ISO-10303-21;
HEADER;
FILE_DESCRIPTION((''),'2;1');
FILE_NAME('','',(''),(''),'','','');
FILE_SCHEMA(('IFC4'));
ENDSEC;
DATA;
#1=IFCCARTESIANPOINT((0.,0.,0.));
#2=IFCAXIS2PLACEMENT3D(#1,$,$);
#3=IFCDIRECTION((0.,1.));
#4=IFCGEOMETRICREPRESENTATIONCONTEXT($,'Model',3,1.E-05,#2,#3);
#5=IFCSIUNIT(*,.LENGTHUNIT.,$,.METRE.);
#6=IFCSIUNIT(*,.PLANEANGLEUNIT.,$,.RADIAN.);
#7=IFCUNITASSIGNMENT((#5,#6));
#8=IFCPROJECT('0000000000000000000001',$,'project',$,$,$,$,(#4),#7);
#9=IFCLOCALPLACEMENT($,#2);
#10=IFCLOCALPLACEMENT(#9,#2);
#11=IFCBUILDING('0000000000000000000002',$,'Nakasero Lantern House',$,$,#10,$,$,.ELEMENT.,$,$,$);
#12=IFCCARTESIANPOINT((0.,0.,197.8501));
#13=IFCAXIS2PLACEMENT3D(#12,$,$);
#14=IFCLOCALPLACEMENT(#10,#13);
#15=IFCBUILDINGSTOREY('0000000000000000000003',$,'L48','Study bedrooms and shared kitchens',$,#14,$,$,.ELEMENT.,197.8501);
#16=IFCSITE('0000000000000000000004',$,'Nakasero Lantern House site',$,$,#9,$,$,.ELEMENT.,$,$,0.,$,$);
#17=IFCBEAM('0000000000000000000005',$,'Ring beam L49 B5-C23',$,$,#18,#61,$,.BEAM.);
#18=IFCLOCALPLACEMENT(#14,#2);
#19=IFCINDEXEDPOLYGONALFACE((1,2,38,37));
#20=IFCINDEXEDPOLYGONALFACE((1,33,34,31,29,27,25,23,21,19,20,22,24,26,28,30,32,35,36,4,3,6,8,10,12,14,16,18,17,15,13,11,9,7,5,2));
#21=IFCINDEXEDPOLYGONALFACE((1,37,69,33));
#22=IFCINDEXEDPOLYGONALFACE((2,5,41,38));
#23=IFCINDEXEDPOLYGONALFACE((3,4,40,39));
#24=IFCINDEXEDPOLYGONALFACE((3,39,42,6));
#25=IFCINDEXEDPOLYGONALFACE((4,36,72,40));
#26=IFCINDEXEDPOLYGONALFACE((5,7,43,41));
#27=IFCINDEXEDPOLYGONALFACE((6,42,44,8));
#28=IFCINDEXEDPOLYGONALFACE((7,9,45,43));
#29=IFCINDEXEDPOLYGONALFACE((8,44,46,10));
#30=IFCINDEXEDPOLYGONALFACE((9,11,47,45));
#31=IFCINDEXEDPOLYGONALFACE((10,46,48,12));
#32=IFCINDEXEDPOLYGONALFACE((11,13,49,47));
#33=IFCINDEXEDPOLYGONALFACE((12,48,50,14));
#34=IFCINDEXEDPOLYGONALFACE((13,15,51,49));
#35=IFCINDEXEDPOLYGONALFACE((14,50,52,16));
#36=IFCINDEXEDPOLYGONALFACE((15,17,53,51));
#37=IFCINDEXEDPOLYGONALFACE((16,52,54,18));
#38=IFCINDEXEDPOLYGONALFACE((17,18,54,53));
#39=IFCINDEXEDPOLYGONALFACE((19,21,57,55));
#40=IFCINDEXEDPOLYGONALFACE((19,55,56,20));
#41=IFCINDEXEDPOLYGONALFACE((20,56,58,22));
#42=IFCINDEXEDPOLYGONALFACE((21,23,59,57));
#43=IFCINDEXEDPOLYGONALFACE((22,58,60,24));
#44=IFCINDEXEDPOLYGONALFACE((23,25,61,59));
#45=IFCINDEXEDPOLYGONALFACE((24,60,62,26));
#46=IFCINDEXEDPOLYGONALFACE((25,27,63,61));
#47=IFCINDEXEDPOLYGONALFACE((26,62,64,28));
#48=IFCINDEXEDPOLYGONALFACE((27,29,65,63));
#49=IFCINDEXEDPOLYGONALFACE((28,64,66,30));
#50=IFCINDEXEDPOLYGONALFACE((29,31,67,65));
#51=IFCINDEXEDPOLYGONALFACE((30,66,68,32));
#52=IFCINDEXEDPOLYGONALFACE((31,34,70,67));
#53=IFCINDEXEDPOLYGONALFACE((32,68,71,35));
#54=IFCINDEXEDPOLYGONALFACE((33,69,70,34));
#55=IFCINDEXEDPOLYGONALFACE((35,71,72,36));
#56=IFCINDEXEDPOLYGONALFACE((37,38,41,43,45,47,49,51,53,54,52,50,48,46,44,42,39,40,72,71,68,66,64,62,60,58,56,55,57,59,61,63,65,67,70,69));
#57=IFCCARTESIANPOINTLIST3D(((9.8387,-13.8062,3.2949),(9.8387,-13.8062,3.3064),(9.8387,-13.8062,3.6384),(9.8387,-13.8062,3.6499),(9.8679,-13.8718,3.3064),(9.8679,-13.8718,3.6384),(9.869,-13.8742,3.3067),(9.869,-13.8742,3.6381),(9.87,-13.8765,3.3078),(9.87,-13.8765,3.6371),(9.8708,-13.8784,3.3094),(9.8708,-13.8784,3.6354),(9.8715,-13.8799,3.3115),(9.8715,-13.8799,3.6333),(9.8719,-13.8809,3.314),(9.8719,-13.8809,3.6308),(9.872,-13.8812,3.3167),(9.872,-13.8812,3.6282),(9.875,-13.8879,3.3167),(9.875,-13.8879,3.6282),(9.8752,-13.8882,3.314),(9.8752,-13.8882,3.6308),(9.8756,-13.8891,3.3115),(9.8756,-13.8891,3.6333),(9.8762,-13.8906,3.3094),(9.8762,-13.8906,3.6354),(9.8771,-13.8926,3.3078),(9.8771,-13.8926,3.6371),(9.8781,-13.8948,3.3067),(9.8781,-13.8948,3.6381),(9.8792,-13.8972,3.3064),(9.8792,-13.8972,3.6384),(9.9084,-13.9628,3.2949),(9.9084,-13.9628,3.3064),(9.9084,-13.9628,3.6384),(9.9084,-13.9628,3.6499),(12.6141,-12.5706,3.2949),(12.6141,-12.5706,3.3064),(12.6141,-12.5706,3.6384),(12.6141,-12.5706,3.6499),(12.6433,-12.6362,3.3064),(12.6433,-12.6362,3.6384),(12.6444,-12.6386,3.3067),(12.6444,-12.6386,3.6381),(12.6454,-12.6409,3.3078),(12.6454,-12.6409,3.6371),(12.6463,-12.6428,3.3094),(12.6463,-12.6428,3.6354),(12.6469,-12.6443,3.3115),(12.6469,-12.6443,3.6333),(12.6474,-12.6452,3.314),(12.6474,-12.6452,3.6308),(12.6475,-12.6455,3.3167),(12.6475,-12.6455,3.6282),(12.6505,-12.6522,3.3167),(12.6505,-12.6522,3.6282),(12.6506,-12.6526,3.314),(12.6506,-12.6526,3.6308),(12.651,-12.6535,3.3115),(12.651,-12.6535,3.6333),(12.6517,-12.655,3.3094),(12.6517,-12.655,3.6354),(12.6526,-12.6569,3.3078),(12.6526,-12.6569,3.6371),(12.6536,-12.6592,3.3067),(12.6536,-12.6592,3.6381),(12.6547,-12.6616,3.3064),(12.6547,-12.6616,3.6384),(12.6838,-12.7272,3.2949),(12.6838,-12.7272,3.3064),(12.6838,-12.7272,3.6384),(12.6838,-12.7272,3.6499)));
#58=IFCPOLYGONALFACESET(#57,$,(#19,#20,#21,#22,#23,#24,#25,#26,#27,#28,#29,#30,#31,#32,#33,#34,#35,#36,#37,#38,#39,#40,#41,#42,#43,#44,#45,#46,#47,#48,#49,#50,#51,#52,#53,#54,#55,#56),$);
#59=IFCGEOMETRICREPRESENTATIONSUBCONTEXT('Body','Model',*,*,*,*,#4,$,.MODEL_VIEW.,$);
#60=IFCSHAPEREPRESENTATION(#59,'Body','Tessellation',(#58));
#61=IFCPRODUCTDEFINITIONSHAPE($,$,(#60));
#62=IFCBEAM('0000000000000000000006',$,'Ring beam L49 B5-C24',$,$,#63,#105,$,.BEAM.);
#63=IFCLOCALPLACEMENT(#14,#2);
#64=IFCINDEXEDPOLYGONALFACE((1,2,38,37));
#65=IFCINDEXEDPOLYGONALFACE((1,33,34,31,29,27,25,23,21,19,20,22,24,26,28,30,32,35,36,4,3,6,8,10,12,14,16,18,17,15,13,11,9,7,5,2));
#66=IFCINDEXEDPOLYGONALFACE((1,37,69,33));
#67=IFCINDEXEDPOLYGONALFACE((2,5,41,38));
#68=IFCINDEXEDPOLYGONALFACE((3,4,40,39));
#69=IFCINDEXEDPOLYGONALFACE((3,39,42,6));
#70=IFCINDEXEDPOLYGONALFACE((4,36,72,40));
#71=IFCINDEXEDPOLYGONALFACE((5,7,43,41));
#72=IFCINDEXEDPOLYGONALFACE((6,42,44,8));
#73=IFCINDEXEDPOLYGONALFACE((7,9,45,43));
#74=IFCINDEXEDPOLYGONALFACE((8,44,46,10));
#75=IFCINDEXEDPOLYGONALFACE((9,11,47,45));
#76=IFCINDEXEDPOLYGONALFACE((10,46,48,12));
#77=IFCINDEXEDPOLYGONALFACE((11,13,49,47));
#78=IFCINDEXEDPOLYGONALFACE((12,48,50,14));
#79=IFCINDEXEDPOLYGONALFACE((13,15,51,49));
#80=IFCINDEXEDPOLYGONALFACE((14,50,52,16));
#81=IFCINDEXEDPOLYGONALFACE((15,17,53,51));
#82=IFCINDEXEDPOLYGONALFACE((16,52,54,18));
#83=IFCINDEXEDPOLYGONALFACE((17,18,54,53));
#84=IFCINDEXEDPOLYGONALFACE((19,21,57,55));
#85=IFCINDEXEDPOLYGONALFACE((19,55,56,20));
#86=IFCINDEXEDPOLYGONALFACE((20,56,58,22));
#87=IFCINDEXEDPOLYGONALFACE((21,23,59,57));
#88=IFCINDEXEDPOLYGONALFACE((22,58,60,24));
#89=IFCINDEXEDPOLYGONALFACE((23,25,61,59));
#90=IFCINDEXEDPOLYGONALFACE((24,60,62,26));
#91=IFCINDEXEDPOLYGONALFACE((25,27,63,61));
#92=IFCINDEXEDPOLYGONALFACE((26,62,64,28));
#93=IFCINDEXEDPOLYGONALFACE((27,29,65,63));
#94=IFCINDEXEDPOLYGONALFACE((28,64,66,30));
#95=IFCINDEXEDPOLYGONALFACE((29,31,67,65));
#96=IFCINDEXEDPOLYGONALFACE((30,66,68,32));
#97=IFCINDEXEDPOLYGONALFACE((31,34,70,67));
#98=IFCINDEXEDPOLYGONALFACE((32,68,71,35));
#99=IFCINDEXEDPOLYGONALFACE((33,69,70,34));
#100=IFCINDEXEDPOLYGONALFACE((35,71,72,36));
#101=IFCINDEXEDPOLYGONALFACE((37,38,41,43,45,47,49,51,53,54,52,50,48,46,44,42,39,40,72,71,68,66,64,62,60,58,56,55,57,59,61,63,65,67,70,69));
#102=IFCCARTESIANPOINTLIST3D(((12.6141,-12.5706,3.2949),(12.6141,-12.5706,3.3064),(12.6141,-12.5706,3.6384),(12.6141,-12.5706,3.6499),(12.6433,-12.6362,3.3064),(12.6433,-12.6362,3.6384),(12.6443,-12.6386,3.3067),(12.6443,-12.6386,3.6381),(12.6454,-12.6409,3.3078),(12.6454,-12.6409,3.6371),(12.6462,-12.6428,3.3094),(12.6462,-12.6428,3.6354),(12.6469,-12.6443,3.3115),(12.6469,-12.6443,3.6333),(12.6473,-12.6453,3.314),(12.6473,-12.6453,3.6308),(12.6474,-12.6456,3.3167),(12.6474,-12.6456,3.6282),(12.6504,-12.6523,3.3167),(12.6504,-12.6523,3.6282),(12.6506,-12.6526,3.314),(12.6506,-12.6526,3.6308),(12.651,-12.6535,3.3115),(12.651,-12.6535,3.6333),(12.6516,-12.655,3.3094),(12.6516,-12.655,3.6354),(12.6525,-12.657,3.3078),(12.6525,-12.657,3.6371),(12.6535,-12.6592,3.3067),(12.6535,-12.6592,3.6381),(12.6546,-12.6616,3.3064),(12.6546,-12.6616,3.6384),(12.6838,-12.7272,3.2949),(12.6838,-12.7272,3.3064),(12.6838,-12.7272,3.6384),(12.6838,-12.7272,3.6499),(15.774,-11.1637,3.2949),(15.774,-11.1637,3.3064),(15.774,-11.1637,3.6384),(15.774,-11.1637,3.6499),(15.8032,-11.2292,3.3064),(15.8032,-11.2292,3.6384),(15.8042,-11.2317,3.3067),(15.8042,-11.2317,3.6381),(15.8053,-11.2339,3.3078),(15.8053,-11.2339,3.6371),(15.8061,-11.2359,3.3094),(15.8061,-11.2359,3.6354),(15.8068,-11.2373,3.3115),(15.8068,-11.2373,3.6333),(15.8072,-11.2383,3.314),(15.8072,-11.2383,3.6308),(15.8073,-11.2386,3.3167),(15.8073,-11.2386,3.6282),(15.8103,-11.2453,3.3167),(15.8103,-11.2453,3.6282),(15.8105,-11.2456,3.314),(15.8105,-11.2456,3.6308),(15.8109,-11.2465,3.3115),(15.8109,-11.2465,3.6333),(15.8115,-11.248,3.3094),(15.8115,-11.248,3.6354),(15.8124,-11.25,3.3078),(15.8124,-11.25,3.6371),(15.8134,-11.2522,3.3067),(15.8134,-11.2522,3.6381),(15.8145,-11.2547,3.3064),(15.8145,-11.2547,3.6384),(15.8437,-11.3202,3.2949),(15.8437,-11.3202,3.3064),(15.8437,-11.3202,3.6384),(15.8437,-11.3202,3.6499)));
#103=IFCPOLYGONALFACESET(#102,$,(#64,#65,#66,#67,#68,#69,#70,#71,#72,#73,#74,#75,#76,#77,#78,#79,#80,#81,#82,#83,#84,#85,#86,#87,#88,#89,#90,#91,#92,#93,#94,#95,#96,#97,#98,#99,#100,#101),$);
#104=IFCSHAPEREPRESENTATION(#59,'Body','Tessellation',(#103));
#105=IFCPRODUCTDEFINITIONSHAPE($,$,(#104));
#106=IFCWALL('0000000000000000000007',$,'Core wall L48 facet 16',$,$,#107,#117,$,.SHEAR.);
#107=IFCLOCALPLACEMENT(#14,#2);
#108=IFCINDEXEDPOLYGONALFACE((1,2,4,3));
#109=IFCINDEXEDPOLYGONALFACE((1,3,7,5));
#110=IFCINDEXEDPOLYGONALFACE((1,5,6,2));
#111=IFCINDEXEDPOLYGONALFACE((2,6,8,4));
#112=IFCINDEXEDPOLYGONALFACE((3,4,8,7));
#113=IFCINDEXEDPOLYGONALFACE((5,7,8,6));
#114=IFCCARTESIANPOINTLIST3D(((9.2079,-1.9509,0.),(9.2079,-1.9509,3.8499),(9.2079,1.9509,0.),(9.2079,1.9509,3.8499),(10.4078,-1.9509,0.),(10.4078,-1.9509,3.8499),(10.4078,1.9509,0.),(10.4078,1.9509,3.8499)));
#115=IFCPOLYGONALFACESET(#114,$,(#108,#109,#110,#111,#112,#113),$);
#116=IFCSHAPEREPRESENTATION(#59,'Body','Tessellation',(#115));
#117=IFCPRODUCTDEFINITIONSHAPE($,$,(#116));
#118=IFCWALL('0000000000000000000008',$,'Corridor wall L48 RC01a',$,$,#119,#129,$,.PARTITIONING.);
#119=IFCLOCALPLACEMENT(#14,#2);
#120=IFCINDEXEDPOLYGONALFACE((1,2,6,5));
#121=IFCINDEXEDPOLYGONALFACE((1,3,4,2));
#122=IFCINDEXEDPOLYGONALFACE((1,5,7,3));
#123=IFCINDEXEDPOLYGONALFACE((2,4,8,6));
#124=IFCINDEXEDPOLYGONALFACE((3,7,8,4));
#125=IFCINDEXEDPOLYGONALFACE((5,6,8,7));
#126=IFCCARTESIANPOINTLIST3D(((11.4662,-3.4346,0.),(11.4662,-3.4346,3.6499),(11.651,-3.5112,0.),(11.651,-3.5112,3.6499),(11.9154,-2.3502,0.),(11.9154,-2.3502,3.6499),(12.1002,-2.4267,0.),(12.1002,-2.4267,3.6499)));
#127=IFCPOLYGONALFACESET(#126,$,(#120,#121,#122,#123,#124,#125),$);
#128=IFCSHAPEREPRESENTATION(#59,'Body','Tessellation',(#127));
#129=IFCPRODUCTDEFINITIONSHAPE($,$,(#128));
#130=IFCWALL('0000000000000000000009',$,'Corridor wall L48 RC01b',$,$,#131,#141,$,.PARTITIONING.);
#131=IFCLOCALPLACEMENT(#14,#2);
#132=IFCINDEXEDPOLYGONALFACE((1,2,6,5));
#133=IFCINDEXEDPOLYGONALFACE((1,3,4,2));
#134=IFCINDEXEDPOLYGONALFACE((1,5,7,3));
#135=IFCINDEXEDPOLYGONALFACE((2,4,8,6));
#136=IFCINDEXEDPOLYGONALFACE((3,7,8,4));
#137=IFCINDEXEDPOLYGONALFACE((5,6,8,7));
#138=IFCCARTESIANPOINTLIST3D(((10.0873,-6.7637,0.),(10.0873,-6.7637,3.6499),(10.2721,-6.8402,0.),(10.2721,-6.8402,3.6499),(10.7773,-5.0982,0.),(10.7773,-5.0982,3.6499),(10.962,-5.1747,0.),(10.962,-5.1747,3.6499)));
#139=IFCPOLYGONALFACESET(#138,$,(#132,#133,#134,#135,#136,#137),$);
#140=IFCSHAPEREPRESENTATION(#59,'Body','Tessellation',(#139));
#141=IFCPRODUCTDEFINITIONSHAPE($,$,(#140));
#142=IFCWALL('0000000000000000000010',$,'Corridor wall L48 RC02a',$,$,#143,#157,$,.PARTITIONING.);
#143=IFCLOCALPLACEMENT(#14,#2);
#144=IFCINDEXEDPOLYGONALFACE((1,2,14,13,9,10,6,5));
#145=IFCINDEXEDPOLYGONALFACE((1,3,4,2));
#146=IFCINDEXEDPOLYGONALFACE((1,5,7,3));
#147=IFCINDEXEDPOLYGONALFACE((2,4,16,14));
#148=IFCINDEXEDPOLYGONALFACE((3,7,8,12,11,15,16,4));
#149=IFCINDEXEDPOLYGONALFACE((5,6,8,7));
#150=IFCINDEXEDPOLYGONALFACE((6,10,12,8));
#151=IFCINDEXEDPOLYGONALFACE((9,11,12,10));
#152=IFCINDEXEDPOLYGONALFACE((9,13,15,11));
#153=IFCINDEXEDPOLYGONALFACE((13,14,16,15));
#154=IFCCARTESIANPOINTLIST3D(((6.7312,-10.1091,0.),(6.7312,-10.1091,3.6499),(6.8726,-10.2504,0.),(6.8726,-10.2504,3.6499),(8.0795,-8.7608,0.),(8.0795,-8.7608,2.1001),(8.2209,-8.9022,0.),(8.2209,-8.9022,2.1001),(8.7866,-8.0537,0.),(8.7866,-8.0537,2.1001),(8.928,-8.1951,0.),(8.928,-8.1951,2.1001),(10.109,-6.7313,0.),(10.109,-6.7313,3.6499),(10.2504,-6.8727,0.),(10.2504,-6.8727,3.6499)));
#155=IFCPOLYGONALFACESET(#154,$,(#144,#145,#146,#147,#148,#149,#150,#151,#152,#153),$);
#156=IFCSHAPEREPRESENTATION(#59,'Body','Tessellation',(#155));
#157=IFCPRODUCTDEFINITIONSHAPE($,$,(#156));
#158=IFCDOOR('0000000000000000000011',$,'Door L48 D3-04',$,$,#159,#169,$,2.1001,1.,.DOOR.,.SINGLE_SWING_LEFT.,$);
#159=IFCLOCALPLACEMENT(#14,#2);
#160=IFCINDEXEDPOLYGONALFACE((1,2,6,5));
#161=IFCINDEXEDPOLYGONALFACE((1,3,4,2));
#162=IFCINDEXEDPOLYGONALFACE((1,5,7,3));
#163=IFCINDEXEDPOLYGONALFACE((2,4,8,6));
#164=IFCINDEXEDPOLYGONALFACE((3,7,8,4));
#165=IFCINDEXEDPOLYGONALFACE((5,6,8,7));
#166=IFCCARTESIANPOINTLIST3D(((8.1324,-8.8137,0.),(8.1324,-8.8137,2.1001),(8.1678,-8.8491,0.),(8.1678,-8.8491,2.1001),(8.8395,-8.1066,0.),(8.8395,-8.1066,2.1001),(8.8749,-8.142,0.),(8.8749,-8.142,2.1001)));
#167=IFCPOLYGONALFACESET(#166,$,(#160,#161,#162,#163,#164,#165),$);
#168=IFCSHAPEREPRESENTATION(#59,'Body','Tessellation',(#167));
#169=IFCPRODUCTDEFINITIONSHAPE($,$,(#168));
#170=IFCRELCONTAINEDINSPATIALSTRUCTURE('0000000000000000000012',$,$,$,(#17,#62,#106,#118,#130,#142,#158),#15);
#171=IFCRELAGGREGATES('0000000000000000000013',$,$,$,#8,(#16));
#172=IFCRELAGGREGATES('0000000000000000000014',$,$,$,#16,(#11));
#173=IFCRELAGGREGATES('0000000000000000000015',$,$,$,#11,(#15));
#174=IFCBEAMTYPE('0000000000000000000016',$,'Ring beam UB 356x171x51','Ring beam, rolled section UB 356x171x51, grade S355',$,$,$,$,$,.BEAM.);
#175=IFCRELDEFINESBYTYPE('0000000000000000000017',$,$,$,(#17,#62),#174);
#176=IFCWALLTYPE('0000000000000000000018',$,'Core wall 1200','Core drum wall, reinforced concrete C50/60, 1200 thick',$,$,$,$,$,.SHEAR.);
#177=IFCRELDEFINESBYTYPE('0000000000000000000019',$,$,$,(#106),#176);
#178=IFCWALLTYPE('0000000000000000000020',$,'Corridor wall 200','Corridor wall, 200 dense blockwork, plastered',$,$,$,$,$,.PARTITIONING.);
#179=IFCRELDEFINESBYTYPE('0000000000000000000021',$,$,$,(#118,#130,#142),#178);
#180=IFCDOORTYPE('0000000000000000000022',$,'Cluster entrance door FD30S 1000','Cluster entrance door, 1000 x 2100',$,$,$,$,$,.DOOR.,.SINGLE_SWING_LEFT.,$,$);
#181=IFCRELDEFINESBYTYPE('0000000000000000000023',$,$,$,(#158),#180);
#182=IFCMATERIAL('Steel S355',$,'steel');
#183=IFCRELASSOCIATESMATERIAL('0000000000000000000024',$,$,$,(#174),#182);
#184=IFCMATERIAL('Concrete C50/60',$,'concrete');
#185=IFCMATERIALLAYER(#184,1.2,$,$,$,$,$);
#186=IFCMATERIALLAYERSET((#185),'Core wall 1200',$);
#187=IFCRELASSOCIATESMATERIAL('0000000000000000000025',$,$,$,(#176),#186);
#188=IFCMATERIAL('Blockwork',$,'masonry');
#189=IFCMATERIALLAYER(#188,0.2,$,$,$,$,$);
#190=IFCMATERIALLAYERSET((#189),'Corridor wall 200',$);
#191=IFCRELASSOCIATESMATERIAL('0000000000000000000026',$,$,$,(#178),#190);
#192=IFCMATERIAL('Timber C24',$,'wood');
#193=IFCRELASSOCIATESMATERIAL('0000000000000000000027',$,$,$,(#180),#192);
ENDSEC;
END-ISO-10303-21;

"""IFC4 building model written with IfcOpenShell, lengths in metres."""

from ifc_helpers import new_model, si_unit, direction, frame, frame_2d, origin, origin_2d, place, context, subcontext, project, spatial, rectangle, i_section, extrude, material, layer, layer_set, material_profile, profile_set, type_object, element, fill, save


model = new_model("IFC4")

# Units and contexts
model_context = context("Model", 3, precision=1e-05, world=origin(), true_north=direction((0.0, 1.0)))
body_context = subcontext(model_context, "Body", "Model", "MODEL_VIEW")
ifc_project = project(units=[si_unit("LENGTHUNIT", "METRE"), si_unit("PLANEANGLEUNIT", "RADIAN")], contexts=[model_context])

# Site, building, storey
site_placement = place(None, origin())
site = spatial("IfcSite", under=ifc_project, at=site_placement, Name="Nakasero Lantern House site", CompositionType="ELEMENT", RefElevation=0.0)
building_placement = place(site_placement, origin())
building = spatial("IfcBuilding", under=site, at=building_placement, Name="Nakasero Lantern House", CompositionType="ELEMENT")
storey_placement = place(building_placement, frame((0.0, 0.0, 197.8501)))
storey = spatial("IfcBuildingStorey", under=building, at=storey_placement, Name="L48", Description="Study bedrooms and shared kitchens", CompositionType="ELEMENT", Elevation=197.8501)

# Beams
ifc_material_1 = material(Name="Steel S355", Category="steel")
ifc_material_profile_1 = material_profile(ifc_material_1, i_section(OverallWidth=0.1714, OverallDepth=0.355, WebThickness=0.0073, FlangeThickness=0.0115, FilletRadius=0.0103, at=origin_2d()), Name="UB 356x171x51")
ifc_profile_set_1 = profile_set([ifc_material_profile_1], Name="Steel S355")
beam_type_1 = type_object("IfcBeamType", Name="Ring beam UB 356x171x51", Description="Ring beam, rolled section UB 356x171x51, grade S355", PredefinedType="BEAM", material=ifc_profile_set_1)
beam_1_placement = place(storey_placement, frame((9.8735, -13.8845, 3.4724), z_axis=(0.913556, 0.406713, 0.0), x_axis=(-0.406713, 0.913556, 0.0)))
element("IfcBeam", 1, at=beam_1_placement, inside=storey, type_object=beam_type_1, Name="Ring beam L49 B5-C23", PredefinedType="BEAM", context=body_context, shape_type="SweptSolid", body=[
    extrude(i_section(OverallWidth=0.1714, OverallDepth=0.355, WebThickness=0.0073, FlangeThickness=0.0115, FilletRadius=0.0103, at=origin_2d()), origin(), (0.0, 0.0, 1.0), 3.0381),
])
beam_2_placement = place(storey_placement, frame((12.6489, -12.6489, 3.4724), z_axis=(0.913535, 0.406761, 0.0), x_axis=(-0.406761, 0.913535, 0.0)))
element("IfcBeam", 2, at=beam_2_placement, inside=storey, type_object=beam_type_1, Name="Ring beam L49 B5-C24", PredefinedType="BEAM", context=body_context, shape_type="SweptSolid", body=[
    extrude(i_section(OverallWidth=0.1714, OverallDepth=0.355, WebThickness=0.0073, FlangeThickness=0.0115, FilletRadius=0.0103, at=origin_2d()), origin(), (0.0, 0.0, 1.0), 3.459),
])

# Walls
ifc_material_2 = material(Name="Concrete C50/60", Category="concrete")
ifc_layer_1 = layer(ifc_material_2, 1.2)
ifc_layer_set_1 = layer_set([ifc_layer_1], Name="Core wall 1200")
wall_type_1 = type_object("IfcWallType", Name="Core wall 1200", Description="Core drum wall, reinforced concrete C50/60, 1200 thick", PredefinedType="SHEAR", material=ifc_layer_set_1)
wall_1_placement = place(storey_placement, frame((9.8079, -1.9509, 0.0), z_axis=(0.0, 0.0, 1.0), x_axis=(0.0, 1.0, 0.0)))
element("IfcWall", 3, at=wall_1_placement, inside=storey, type_object=wall_type_1, Name="Core wall L48 facet 16", PredefinedType="SHEAR", context=body_context, shape_type="SweptSolid", body=[
    extrude(rectangle(XDim=3.9019, YDim=1.2, at=frame_2d((1.9509, 0.0))), origin(), (0.0, 0.0, 1.0), 3.8499),
])
ifc_material_3 = material(Name="Blockwork", Category="masonry")
ifc_layer_2 = layer(ifc_material_3, 0.2)
ifc_layer_set_2 = layer_set([ifc_layer_2], Name="Corridor wall 200")
wall_type_2 = type_object("IfcWallType", Name="Corridor wall 200", Description="Corridor wall, 200 dense blockwork, plastered", PredefinedType="PARTITIONING", material=ifc_layer_set_2)
wall_2_placement = place(storey_placement, frame((12.0078, -2.3884, 0.0), z_axis=(0.0, 0.0, 1.0), x_axis=(-0.382695, -0.923875, 0.0)))
element("IfcWall", 4, at=wall_2_placement, inside=storey, type_object=wall_type_2, Name="Corridor wall L48 RC01a", PredefinedType="PARTITIONING", context=body_context, shape_type="SweptSolid", body=[
    extrude(rectangle(XDim=1.1738, YDim=0.2, at=frame_2d((0.5869, 0.0))), origin(), (0.0, 0.0, 1.0), 3.6499),
])
wall_3_placement = place(storey_placement, frame((10.8696, -5.1365, 0.0), z_axis=(0.0, 0.0, 1.0), x_axis=(-0.382711, -0.923868, 0.0)))
element("IfcWall", 5, at=wall_3_placement, inside=storey, type_object=wall_type_2, Name="Corridor wall L48 RC01b", PredefinedType="PARTITIONING", context=body_context, shape_type="SweptSolid", body=[
    extrude(rectangle(XDim=1.8027, YDim=0.2, at=frame_2d((0.9014, 0.0))), origin(), (0.0, 0.0, 1.0), 3.6499),
])

# Wall, opening, door
wall_4_placement = place(storey_placement, frame((10.1797, -6.802, 0.0), z_axis=(0.0, 0.0, 1.0), x_axis=(-0.707107, -0.707107, 0.0)))
wall_4 = element("IfcWall", 6, at=wall_4_placement, inside=storey, type_object=wall_type_2, Name="Corridor wall L48 RC02a", PredefinedType="PARTITIONING", context=body_context, shape_type="SweptSolid", body=[
    extrude(rectangle(XDim=4.7769, YDim=0.2, at=frame_2d((2.3884, 0.0))), origin(), (0.0, 0.0, 1.0), 3.6499),
])
opening_1_placement = place(wall_4_placement, frame((1.8701, 0.0, 0.0)))
opening_1 = element("IfcOpeningElement", 7, at=opening_1_placement, cuts=wall_4, PredefinedType="OPENING", context=body_context, shape_type="SweptSolid", body=[
    extrude(rectangle(XDim=1.0, YDim=2.1001, at=frame_2d((0.5, 1.05))), frame((0.0, 0.1199, 0.0), z_axis=(0.0, -1.0, 0.0), x_axis=(1.0, 0.0, 0.0)), (0.0, 0.0, 1.0), 0.24),
])
ifc_material_4 = material(Name="Timber C24", Category="wood")
door_type_1 = type_object("IfcDoorType", Name="Cluster entrance door FD30S 1000", Description="Cluster entrance door, 1000 x 2100", OperationType="SINGLE_SWING_LEFT", PredefinedType="DOOR", material=ifc_material_4)
door_1_placement = place(opening_1_placement, origin())
door_1 = element("IfcDoor", 8, at=door_1_placement, inside=storey, type_object=door_type_1, Name="Door L48 D3-04", OperationType="SINGLE_SWING_LEFT", OverallHeight=2.1001, OverallWidth=1.0, PredefinedType="DOOR", context=body_context, shape_type="SweptSolid", body=[
    extrude(rectangle(XDim=1.0, YDim=2.1001, at=frame_2d((0.5, 1.05))), frame((0.0, 0.0249, 0.0), z_axis=(0.0, -1.0, 0.0), x_axis=(1.0, 0.0, 0.0)), (0.0, 0.0, 1.0), 0.05),
])
fill(opening_1, door_1)

save(model, "model.ifc")
